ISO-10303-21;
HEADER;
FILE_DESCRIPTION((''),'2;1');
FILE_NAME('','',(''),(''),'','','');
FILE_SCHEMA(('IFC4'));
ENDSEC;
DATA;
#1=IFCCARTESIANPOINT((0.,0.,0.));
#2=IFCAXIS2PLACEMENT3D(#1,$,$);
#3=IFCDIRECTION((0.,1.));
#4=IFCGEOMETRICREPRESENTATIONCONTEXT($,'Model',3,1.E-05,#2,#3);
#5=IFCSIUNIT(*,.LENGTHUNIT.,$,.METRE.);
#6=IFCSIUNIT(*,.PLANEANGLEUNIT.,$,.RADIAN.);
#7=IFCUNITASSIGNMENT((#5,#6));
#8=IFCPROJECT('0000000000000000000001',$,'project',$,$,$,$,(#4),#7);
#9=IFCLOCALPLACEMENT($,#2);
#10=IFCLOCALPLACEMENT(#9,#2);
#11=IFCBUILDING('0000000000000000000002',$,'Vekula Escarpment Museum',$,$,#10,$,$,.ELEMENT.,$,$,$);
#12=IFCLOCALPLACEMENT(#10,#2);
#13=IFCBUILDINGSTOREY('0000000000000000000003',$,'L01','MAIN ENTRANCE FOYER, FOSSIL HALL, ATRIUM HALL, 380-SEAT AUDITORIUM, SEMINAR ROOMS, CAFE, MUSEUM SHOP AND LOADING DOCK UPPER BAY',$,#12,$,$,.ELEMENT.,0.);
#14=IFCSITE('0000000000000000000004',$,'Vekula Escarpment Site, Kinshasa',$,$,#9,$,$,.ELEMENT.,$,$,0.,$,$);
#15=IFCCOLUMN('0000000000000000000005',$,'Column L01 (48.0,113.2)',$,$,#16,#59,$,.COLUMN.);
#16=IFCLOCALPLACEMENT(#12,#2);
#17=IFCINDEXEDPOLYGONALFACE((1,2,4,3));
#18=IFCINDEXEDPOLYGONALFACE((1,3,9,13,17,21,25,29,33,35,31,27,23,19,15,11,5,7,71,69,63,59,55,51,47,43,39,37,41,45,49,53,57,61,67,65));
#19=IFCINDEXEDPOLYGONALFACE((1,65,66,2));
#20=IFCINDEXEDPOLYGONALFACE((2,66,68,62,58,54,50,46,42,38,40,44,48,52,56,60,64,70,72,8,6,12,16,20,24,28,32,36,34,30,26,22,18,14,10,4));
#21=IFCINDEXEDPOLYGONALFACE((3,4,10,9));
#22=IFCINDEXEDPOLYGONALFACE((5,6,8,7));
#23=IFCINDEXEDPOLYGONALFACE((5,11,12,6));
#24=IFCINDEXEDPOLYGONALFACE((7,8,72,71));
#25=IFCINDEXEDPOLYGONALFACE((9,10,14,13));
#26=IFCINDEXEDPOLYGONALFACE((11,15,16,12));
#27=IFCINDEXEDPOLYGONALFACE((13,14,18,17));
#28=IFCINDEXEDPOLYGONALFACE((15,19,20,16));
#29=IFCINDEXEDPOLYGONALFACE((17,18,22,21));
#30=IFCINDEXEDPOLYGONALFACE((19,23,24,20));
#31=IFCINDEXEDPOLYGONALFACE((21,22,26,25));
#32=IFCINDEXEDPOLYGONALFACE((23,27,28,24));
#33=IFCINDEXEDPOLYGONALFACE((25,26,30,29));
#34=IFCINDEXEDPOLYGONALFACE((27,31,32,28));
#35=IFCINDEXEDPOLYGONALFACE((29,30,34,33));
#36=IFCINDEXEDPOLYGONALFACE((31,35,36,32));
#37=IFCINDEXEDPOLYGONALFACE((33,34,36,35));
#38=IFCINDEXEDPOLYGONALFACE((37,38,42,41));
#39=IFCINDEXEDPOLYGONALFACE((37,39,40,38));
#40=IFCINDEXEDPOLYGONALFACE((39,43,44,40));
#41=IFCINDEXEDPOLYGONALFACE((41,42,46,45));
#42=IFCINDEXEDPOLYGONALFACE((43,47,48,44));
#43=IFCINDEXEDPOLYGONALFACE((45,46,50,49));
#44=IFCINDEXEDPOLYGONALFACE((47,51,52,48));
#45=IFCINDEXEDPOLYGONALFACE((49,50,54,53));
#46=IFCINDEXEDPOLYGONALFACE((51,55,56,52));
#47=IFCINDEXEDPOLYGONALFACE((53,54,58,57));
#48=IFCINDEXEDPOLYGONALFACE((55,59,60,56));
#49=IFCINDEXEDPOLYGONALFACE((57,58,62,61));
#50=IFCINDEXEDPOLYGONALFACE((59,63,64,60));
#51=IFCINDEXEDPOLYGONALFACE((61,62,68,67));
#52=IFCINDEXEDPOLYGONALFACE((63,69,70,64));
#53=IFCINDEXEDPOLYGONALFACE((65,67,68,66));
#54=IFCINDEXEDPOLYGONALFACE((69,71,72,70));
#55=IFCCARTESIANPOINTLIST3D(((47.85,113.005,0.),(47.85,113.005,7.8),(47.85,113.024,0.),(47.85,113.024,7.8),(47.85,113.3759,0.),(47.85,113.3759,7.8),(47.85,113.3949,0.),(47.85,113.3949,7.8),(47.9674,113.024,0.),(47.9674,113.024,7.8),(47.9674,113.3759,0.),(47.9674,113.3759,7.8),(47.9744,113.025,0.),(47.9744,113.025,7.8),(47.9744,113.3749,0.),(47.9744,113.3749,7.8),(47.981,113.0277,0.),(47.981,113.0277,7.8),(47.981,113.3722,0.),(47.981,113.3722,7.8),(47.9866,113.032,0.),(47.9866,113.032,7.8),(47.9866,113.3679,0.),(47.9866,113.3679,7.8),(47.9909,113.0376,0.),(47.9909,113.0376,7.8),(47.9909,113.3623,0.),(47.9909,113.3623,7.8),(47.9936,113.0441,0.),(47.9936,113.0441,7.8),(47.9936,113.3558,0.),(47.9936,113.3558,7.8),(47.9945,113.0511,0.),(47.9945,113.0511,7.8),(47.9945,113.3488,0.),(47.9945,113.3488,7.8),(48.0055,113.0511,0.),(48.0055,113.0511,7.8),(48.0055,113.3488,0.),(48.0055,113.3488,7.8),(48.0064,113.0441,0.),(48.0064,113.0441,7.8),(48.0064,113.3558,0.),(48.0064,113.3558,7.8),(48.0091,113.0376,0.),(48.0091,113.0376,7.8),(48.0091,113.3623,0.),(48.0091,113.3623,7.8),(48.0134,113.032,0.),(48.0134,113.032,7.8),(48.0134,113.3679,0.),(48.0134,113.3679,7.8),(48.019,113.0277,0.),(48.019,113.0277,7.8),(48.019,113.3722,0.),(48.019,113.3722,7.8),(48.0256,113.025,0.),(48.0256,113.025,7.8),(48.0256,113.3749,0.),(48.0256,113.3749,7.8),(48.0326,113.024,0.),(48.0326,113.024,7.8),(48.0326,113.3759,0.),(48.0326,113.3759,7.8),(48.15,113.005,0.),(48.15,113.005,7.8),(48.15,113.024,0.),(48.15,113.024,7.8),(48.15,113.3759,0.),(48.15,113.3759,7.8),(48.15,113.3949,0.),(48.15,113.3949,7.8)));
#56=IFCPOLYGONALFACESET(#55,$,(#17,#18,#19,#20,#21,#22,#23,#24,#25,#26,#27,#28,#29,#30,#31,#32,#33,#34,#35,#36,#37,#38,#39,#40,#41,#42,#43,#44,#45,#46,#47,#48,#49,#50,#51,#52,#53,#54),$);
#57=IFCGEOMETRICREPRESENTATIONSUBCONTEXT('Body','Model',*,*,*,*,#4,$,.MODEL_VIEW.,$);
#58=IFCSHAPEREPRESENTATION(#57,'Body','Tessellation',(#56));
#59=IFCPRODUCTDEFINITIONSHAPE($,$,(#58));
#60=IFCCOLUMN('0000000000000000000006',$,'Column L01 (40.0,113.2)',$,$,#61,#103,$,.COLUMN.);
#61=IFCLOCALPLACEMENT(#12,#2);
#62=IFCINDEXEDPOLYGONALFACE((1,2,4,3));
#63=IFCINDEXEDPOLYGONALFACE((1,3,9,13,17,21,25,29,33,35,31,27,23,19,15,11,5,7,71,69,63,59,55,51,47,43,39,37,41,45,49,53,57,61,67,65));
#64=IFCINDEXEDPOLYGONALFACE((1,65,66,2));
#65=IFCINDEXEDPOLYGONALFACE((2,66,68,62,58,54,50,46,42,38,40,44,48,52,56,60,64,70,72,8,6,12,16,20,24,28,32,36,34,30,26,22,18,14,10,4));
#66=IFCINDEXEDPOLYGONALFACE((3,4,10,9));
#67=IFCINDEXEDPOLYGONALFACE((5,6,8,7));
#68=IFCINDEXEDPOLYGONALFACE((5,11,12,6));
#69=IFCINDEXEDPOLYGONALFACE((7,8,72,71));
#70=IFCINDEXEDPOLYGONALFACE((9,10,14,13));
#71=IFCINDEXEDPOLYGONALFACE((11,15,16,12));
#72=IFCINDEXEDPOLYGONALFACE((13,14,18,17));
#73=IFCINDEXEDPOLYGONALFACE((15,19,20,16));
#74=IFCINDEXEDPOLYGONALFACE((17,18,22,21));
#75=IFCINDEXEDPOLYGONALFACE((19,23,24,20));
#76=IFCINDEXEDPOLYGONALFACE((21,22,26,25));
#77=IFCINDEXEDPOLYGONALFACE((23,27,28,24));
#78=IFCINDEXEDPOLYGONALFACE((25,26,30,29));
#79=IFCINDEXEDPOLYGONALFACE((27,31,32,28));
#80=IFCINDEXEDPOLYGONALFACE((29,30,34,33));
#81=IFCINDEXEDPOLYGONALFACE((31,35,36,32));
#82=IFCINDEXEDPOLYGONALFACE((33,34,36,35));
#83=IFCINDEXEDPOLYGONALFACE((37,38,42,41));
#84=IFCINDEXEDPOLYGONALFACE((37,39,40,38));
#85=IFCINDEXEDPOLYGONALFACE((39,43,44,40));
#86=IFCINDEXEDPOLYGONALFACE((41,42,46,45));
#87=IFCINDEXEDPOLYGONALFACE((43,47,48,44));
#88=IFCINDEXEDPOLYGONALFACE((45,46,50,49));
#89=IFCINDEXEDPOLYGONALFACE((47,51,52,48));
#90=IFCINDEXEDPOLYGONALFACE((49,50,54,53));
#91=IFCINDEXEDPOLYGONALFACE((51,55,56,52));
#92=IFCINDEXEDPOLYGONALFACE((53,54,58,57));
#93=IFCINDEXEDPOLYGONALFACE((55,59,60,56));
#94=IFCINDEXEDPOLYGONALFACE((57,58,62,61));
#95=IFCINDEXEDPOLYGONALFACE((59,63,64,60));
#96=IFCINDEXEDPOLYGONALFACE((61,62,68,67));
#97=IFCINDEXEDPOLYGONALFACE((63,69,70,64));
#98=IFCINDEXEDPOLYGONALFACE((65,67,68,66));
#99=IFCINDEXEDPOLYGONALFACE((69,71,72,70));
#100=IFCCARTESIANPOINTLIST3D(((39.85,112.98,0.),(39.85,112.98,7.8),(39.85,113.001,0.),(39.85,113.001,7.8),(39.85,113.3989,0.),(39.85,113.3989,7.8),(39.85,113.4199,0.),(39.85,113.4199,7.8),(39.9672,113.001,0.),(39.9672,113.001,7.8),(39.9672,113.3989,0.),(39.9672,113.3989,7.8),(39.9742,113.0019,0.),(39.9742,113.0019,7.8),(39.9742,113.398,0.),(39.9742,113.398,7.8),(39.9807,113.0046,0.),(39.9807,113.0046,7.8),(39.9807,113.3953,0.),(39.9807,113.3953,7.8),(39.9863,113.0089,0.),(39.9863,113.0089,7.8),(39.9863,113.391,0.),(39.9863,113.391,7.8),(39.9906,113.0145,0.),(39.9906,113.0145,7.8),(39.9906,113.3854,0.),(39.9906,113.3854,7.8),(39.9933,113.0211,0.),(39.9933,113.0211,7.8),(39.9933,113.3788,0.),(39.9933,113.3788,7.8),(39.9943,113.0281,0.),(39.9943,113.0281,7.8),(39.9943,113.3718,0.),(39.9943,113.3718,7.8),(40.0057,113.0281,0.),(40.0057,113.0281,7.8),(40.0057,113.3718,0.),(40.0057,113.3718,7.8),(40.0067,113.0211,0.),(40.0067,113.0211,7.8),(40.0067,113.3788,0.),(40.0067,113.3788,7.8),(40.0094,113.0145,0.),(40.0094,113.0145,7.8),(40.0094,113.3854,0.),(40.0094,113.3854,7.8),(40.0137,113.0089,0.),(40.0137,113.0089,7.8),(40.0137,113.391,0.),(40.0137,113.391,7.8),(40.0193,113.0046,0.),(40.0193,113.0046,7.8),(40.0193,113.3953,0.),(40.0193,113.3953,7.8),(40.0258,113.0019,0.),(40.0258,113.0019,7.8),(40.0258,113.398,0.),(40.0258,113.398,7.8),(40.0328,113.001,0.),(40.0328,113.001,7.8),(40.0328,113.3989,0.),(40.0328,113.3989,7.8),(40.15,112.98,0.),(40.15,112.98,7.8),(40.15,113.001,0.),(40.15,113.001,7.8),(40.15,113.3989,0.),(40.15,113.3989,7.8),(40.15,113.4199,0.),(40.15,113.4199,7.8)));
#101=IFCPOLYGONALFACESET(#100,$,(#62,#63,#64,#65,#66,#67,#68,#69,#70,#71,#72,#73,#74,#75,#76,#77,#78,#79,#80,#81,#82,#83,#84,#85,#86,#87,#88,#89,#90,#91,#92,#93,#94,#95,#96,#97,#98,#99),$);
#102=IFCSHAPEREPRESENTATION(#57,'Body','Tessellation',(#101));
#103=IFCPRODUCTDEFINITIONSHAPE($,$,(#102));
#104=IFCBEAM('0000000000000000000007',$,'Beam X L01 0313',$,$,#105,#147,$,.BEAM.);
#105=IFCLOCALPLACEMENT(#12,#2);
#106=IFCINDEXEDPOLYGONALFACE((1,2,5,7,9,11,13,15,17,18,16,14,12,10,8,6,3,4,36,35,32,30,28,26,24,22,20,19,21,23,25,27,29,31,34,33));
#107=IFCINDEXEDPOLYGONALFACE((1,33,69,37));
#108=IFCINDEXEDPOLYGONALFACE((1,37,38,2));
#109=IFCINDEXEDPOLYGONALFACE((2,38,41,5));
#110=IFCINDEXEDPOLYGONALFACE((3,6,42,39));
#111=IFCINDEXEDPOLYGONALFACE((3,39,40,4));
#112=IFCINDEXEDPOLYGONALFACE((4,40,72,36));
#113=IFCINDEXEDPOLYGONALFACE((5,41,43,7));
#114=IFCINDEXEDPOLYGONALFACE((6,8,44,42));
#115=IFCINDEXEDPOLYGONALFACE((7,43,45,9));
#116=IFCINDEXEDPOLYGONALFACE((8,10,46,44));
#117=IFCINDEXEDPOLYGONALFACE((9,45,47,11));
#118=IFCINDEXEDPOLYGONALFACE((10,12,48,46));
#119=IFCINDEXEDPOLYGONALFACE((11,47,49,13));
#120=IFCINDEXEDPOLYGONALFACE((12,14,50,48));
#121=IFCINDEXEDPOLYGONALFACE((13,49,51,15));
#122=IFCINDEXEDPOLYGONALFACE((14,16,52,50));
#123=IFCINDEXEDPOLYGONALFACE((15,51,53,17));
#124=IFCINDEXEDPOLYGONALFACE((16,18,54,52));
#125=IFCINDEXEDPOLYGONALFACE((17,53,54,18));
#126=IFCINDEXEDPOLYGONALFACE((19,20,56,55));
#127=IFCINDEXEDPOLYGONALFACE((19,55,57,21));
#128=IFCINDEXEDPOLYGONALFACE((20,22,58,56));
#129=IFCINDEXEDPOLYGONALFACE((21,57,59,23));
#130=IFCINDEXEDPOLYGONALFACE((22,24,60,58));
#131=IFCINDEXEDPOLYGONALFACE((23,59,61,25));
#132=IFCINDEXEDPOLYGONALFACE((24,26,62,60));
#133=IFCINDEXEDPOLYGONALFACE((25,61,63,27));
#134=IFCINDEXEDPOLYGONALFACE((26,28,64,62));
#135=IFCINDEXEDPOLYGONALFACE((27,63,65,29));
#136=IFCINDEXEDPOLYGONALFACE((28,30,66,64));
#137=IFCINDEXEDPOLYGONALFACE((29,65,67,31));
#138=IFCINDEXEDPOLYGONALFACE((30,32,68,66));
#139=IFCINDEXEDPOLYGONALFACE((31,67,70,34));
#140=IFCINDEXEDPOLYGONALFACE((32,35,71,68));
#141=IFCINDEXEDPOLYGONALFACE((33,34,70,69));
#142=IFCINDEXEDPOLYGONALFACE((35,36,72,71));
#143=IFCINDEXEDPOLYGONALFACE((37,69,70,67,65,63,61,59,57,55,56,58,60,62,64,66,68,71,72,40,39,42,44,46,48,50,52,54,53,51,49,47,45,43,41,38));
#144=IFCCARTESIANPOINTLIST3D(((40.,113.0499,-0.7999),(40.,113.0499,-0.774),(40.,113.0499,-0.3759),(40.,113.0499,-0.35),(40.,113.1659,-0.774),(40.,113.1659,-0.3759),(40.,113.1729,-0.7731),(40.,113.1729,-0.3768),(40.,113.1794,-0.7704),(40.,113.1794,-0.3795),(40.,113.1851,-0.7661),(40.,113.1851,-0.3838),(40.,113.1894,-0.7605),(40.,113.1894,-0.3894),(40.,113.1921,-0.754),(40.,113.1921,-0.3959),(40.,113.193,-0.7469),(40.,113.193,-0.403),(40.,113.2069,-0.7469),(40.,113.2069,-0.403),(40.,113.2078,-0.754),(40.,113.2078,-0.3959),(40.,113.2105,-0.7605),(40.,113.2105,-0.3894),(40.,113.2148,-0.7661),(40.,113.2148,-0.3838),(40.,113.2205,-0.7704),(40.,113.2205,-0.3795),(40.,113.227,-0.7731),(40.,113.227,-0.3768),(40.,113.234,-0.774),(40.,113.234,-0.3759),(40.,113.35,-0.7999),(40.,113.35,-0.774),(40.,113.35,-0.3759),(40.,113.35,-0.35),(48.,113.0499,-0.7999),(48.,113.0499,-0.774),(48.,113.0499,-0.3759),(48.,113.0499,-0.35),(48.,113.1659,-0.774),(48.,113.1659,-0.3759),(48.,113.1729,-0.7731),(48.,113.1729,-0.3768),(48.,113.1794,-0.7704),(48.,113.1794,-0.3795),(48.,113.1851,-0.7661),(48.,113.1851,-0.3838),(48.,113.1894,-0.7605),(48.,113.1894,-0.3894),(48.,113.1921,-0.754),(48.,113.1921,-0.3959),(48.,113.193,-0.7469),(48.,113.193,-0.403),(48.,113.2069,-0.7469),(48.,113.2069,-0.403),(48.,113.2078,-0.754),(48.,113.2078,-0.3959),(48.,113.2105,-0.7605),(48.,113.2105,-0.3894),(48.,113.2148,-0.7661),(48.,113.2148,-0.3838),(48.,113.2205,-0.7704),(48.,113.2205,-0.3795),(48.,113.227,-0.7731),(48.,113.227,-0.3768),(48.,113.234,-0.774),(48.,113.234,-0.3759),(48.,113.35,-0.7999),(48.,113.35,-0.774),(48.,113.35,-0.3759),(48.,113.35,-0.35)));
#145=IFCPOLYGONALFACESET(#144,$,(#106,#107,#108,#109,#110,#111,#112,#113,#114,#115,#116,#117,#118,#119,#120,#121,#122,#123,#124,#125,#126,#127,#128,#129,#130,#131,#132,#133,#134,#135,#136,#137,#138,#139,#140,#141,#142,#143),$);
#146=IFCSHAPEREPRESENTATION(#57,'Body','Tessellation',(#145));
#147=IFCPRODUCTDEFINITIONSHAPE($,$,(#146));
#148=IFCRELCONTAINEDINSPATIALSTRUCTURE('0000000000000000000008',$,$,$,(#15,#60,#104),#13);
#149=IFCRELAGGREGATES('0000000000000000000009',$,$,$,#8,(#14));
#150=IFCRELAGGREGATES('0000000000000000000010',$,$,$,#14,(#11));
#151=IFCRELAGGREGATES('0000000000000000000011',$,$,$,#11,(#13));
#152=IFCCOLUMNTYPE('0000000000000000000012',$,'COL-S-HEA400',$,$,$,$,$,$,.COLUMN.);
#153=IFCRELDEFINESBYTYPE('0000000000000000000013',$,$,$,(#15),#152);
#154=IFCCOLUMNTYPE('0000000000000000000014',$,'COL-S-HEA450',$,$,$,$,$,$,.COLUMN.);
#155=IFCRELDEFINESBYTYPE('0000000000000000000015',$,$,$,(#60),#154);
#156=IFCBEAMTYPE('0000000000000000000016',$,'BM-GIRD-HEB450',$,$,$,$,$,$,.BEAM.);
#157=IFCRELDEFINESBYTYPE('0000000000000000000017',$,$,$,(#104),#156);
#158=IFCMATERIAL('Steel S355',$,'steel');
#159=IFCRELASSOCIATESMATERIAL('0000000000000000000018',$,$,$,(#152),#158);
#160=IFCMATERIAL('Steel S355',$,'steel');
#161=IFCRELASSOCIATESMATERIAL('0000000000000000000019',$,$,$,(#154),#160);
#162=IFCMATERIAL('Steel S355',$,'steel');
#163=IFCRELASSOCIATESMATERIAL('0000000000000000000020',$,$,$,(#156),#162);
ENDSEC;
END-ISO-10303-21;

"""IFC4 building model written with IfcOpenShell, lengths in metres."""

from ifc_helpers import new_model, si_unit, direction, frame, origin, origin_2d, place, context, subcontext, project, spatial, i_section, extrude, material, material_profile, profile_set, type_object, element, save


model = new_model("IFC4")

# Units and contexts
model_context = context("Model", 3, precision=1e-05, world=origin(), true_north=direction((0.0, 1.0)))
body_context = subcontext(model_context, "Body", "Model", "MODEL_VIEW")
ifc_project = project(units=[si_unit("LENGTHUNIT", "METRE"), si_unit("PLANEANGLEUNIT", "RADIAN")], contexts=[model_context])

# Site, building, storey
site_placement = place(None, origin())
site = spatial("IfcSite", under=ifc_project, at=site_placement, Name="Vekula Escarpment Site, Kinshasa", CompositionType="ELEMENT", RefElevation=0.0)
building_placement = place(site_placement, origin())
building = spatial("IfcBuilding", under=site, at=building_placement, Name="Vekula Escarpment Museum", CompositionType="ELEMENT")
storey_placement = place(building_placement, origin())
storey = spatial("IfcBuildingStorey", under=building, at=storey_placement, Name="L01", Description="MAIN ENTRANCE FOYER, FOSSIL HALL, ATRIUM HALL, 380-SEAT AUDITORIUM, SEMINAR ROOMS, CAFE, MUSEUM SHOP AND LOADING DOCK UPPER BAY", CompositionType="ELEMENT", Elevation=0.0)

# Columns
ifc_material_1 = material(Name="Steel S355", Category="steel")
ifc_material_profile_1 = material_profile(ifc_material_1, i_section(OverallWidth=0.3, OverallDepth=0.3899, WebThickness=0.011, FlangeThickness=0.019, FilletRadius=0.0271, at=origin_2d()), Name="HEA 400")
ifc_profile_set_1 = profile_set([ifc_material_profile_1], Name="Steel S355")
column_type_1 = type_object("IfcColumnType", Name="COL-S-HEA400", PredefinedType="COLUMN", material=ifc_profile_set_1)
column_1_placement = place(storey_placement, frame((48.0, 113.2, 0.0), z_axis=(0.0, 0.0, 1.0), x_axis=(1.0, 0.0, 0.0)))
element("IfcColumn", 1, at=column_1_placement, inside=storey, type_object=column_type_1, Name="Column L01 (48.0,113.2)", PredefinedType="COLUMN", context=body_context, shape_type="SweptSolid", body=[
    extrude(i_section(OverallWidth=0.3, OverallDepth=0.3899, WebThickness=0.011, FlangeThickness=0.019, FilletRadius=0.0271, at=origin_2d()), origin(), (0.0, 0.0, 1.0), 7.8),
])
ifc_material_2 = material(Name="Steel S355", Category="steel")
ifc_material_profile_2 = material_profile(ifc_material_2, i_section(OverallWidth=0.3, OverallDepth=0.4399, WebThickness=0.0115, FlangeThickness=0.021, FilletRadius=0.0271, at=origin_2d()), Name="HEA 450")
ifc_profile_set_2 = profile_set([ifc_material_profile_2], Name="Steel S355")
column_type_2 = type_object("IfcColumnType", Name="COL-S-HEA450", PredefinedType="COLUMN", material=ifc_profile_set_2)
column_2_placement = place(storey_placement, frame((40.0, 113.2, 0.0), z_axis=(0.0, 0.0, 1.0), x_axis=(1.0, 0.0, 0.0)))
element("IfcColumn", 2, at=column_2_placement, inside=storey, type_object=column_type_2, Name="Column L01 (40.0,113.2)", PredefinedType="COLUMN", context=body_context, shape_type="SweptSolid", body=[
    extrude(i_section(OverallWidth=0.3, OverallDepth=0.4399, WebThickness=0.0115, FlangeThickness=0.021, FilletRadius=0.0271, at=origin_2d()), origin(), (0.0, 0.0, 1.0), 7.8),
])

# Beam
ifc_material_3 = material(Name="Steel S355", Category="steel")
ifc_material_profile_3 = material_profile(ifc_material_3, i_section(OverallWidth=0.3, OverallDepth=0.45, WebThickness=0.0139, FlangeThickness=0.0259, FilletRadius=0.0271, at=origin_2d()), Name="HEB 450")
ifc_profile_set_3 = profile_set([ifc_material_profile_3], Name="Steel S355")
beam_type_1 = type_object("IfcBeamType", Name="BM-GIRD-HEB450", PredefinedType="BEAM", material=ifc_profile_set_3)
beam_1_placement = place(storey_placement, frame((40.0, 113.2, -0.575), z_axis=(1.0, 0.0, 0.0), x_axis=(0.0, 1.0, 0.0)))
element("IfcBeam", 3, at=beam_1_placement, inside=storey, type_object=beam_type_1, Name="Beam X L01 0313", PredefinedType="BEAM", context=body_context, shape_type="SweptSolid", body=[
    extrude(i_section(OverallWidth=0.3, OverallDepth=0.45, WebThickness=0.0139, FlangeThickness=0.0259, FilletRadius=0.0271, at=origin_2d()), origin(), (0.0, 0.0, 1.0), 8.0),
])

save(model, "model.ifc")
